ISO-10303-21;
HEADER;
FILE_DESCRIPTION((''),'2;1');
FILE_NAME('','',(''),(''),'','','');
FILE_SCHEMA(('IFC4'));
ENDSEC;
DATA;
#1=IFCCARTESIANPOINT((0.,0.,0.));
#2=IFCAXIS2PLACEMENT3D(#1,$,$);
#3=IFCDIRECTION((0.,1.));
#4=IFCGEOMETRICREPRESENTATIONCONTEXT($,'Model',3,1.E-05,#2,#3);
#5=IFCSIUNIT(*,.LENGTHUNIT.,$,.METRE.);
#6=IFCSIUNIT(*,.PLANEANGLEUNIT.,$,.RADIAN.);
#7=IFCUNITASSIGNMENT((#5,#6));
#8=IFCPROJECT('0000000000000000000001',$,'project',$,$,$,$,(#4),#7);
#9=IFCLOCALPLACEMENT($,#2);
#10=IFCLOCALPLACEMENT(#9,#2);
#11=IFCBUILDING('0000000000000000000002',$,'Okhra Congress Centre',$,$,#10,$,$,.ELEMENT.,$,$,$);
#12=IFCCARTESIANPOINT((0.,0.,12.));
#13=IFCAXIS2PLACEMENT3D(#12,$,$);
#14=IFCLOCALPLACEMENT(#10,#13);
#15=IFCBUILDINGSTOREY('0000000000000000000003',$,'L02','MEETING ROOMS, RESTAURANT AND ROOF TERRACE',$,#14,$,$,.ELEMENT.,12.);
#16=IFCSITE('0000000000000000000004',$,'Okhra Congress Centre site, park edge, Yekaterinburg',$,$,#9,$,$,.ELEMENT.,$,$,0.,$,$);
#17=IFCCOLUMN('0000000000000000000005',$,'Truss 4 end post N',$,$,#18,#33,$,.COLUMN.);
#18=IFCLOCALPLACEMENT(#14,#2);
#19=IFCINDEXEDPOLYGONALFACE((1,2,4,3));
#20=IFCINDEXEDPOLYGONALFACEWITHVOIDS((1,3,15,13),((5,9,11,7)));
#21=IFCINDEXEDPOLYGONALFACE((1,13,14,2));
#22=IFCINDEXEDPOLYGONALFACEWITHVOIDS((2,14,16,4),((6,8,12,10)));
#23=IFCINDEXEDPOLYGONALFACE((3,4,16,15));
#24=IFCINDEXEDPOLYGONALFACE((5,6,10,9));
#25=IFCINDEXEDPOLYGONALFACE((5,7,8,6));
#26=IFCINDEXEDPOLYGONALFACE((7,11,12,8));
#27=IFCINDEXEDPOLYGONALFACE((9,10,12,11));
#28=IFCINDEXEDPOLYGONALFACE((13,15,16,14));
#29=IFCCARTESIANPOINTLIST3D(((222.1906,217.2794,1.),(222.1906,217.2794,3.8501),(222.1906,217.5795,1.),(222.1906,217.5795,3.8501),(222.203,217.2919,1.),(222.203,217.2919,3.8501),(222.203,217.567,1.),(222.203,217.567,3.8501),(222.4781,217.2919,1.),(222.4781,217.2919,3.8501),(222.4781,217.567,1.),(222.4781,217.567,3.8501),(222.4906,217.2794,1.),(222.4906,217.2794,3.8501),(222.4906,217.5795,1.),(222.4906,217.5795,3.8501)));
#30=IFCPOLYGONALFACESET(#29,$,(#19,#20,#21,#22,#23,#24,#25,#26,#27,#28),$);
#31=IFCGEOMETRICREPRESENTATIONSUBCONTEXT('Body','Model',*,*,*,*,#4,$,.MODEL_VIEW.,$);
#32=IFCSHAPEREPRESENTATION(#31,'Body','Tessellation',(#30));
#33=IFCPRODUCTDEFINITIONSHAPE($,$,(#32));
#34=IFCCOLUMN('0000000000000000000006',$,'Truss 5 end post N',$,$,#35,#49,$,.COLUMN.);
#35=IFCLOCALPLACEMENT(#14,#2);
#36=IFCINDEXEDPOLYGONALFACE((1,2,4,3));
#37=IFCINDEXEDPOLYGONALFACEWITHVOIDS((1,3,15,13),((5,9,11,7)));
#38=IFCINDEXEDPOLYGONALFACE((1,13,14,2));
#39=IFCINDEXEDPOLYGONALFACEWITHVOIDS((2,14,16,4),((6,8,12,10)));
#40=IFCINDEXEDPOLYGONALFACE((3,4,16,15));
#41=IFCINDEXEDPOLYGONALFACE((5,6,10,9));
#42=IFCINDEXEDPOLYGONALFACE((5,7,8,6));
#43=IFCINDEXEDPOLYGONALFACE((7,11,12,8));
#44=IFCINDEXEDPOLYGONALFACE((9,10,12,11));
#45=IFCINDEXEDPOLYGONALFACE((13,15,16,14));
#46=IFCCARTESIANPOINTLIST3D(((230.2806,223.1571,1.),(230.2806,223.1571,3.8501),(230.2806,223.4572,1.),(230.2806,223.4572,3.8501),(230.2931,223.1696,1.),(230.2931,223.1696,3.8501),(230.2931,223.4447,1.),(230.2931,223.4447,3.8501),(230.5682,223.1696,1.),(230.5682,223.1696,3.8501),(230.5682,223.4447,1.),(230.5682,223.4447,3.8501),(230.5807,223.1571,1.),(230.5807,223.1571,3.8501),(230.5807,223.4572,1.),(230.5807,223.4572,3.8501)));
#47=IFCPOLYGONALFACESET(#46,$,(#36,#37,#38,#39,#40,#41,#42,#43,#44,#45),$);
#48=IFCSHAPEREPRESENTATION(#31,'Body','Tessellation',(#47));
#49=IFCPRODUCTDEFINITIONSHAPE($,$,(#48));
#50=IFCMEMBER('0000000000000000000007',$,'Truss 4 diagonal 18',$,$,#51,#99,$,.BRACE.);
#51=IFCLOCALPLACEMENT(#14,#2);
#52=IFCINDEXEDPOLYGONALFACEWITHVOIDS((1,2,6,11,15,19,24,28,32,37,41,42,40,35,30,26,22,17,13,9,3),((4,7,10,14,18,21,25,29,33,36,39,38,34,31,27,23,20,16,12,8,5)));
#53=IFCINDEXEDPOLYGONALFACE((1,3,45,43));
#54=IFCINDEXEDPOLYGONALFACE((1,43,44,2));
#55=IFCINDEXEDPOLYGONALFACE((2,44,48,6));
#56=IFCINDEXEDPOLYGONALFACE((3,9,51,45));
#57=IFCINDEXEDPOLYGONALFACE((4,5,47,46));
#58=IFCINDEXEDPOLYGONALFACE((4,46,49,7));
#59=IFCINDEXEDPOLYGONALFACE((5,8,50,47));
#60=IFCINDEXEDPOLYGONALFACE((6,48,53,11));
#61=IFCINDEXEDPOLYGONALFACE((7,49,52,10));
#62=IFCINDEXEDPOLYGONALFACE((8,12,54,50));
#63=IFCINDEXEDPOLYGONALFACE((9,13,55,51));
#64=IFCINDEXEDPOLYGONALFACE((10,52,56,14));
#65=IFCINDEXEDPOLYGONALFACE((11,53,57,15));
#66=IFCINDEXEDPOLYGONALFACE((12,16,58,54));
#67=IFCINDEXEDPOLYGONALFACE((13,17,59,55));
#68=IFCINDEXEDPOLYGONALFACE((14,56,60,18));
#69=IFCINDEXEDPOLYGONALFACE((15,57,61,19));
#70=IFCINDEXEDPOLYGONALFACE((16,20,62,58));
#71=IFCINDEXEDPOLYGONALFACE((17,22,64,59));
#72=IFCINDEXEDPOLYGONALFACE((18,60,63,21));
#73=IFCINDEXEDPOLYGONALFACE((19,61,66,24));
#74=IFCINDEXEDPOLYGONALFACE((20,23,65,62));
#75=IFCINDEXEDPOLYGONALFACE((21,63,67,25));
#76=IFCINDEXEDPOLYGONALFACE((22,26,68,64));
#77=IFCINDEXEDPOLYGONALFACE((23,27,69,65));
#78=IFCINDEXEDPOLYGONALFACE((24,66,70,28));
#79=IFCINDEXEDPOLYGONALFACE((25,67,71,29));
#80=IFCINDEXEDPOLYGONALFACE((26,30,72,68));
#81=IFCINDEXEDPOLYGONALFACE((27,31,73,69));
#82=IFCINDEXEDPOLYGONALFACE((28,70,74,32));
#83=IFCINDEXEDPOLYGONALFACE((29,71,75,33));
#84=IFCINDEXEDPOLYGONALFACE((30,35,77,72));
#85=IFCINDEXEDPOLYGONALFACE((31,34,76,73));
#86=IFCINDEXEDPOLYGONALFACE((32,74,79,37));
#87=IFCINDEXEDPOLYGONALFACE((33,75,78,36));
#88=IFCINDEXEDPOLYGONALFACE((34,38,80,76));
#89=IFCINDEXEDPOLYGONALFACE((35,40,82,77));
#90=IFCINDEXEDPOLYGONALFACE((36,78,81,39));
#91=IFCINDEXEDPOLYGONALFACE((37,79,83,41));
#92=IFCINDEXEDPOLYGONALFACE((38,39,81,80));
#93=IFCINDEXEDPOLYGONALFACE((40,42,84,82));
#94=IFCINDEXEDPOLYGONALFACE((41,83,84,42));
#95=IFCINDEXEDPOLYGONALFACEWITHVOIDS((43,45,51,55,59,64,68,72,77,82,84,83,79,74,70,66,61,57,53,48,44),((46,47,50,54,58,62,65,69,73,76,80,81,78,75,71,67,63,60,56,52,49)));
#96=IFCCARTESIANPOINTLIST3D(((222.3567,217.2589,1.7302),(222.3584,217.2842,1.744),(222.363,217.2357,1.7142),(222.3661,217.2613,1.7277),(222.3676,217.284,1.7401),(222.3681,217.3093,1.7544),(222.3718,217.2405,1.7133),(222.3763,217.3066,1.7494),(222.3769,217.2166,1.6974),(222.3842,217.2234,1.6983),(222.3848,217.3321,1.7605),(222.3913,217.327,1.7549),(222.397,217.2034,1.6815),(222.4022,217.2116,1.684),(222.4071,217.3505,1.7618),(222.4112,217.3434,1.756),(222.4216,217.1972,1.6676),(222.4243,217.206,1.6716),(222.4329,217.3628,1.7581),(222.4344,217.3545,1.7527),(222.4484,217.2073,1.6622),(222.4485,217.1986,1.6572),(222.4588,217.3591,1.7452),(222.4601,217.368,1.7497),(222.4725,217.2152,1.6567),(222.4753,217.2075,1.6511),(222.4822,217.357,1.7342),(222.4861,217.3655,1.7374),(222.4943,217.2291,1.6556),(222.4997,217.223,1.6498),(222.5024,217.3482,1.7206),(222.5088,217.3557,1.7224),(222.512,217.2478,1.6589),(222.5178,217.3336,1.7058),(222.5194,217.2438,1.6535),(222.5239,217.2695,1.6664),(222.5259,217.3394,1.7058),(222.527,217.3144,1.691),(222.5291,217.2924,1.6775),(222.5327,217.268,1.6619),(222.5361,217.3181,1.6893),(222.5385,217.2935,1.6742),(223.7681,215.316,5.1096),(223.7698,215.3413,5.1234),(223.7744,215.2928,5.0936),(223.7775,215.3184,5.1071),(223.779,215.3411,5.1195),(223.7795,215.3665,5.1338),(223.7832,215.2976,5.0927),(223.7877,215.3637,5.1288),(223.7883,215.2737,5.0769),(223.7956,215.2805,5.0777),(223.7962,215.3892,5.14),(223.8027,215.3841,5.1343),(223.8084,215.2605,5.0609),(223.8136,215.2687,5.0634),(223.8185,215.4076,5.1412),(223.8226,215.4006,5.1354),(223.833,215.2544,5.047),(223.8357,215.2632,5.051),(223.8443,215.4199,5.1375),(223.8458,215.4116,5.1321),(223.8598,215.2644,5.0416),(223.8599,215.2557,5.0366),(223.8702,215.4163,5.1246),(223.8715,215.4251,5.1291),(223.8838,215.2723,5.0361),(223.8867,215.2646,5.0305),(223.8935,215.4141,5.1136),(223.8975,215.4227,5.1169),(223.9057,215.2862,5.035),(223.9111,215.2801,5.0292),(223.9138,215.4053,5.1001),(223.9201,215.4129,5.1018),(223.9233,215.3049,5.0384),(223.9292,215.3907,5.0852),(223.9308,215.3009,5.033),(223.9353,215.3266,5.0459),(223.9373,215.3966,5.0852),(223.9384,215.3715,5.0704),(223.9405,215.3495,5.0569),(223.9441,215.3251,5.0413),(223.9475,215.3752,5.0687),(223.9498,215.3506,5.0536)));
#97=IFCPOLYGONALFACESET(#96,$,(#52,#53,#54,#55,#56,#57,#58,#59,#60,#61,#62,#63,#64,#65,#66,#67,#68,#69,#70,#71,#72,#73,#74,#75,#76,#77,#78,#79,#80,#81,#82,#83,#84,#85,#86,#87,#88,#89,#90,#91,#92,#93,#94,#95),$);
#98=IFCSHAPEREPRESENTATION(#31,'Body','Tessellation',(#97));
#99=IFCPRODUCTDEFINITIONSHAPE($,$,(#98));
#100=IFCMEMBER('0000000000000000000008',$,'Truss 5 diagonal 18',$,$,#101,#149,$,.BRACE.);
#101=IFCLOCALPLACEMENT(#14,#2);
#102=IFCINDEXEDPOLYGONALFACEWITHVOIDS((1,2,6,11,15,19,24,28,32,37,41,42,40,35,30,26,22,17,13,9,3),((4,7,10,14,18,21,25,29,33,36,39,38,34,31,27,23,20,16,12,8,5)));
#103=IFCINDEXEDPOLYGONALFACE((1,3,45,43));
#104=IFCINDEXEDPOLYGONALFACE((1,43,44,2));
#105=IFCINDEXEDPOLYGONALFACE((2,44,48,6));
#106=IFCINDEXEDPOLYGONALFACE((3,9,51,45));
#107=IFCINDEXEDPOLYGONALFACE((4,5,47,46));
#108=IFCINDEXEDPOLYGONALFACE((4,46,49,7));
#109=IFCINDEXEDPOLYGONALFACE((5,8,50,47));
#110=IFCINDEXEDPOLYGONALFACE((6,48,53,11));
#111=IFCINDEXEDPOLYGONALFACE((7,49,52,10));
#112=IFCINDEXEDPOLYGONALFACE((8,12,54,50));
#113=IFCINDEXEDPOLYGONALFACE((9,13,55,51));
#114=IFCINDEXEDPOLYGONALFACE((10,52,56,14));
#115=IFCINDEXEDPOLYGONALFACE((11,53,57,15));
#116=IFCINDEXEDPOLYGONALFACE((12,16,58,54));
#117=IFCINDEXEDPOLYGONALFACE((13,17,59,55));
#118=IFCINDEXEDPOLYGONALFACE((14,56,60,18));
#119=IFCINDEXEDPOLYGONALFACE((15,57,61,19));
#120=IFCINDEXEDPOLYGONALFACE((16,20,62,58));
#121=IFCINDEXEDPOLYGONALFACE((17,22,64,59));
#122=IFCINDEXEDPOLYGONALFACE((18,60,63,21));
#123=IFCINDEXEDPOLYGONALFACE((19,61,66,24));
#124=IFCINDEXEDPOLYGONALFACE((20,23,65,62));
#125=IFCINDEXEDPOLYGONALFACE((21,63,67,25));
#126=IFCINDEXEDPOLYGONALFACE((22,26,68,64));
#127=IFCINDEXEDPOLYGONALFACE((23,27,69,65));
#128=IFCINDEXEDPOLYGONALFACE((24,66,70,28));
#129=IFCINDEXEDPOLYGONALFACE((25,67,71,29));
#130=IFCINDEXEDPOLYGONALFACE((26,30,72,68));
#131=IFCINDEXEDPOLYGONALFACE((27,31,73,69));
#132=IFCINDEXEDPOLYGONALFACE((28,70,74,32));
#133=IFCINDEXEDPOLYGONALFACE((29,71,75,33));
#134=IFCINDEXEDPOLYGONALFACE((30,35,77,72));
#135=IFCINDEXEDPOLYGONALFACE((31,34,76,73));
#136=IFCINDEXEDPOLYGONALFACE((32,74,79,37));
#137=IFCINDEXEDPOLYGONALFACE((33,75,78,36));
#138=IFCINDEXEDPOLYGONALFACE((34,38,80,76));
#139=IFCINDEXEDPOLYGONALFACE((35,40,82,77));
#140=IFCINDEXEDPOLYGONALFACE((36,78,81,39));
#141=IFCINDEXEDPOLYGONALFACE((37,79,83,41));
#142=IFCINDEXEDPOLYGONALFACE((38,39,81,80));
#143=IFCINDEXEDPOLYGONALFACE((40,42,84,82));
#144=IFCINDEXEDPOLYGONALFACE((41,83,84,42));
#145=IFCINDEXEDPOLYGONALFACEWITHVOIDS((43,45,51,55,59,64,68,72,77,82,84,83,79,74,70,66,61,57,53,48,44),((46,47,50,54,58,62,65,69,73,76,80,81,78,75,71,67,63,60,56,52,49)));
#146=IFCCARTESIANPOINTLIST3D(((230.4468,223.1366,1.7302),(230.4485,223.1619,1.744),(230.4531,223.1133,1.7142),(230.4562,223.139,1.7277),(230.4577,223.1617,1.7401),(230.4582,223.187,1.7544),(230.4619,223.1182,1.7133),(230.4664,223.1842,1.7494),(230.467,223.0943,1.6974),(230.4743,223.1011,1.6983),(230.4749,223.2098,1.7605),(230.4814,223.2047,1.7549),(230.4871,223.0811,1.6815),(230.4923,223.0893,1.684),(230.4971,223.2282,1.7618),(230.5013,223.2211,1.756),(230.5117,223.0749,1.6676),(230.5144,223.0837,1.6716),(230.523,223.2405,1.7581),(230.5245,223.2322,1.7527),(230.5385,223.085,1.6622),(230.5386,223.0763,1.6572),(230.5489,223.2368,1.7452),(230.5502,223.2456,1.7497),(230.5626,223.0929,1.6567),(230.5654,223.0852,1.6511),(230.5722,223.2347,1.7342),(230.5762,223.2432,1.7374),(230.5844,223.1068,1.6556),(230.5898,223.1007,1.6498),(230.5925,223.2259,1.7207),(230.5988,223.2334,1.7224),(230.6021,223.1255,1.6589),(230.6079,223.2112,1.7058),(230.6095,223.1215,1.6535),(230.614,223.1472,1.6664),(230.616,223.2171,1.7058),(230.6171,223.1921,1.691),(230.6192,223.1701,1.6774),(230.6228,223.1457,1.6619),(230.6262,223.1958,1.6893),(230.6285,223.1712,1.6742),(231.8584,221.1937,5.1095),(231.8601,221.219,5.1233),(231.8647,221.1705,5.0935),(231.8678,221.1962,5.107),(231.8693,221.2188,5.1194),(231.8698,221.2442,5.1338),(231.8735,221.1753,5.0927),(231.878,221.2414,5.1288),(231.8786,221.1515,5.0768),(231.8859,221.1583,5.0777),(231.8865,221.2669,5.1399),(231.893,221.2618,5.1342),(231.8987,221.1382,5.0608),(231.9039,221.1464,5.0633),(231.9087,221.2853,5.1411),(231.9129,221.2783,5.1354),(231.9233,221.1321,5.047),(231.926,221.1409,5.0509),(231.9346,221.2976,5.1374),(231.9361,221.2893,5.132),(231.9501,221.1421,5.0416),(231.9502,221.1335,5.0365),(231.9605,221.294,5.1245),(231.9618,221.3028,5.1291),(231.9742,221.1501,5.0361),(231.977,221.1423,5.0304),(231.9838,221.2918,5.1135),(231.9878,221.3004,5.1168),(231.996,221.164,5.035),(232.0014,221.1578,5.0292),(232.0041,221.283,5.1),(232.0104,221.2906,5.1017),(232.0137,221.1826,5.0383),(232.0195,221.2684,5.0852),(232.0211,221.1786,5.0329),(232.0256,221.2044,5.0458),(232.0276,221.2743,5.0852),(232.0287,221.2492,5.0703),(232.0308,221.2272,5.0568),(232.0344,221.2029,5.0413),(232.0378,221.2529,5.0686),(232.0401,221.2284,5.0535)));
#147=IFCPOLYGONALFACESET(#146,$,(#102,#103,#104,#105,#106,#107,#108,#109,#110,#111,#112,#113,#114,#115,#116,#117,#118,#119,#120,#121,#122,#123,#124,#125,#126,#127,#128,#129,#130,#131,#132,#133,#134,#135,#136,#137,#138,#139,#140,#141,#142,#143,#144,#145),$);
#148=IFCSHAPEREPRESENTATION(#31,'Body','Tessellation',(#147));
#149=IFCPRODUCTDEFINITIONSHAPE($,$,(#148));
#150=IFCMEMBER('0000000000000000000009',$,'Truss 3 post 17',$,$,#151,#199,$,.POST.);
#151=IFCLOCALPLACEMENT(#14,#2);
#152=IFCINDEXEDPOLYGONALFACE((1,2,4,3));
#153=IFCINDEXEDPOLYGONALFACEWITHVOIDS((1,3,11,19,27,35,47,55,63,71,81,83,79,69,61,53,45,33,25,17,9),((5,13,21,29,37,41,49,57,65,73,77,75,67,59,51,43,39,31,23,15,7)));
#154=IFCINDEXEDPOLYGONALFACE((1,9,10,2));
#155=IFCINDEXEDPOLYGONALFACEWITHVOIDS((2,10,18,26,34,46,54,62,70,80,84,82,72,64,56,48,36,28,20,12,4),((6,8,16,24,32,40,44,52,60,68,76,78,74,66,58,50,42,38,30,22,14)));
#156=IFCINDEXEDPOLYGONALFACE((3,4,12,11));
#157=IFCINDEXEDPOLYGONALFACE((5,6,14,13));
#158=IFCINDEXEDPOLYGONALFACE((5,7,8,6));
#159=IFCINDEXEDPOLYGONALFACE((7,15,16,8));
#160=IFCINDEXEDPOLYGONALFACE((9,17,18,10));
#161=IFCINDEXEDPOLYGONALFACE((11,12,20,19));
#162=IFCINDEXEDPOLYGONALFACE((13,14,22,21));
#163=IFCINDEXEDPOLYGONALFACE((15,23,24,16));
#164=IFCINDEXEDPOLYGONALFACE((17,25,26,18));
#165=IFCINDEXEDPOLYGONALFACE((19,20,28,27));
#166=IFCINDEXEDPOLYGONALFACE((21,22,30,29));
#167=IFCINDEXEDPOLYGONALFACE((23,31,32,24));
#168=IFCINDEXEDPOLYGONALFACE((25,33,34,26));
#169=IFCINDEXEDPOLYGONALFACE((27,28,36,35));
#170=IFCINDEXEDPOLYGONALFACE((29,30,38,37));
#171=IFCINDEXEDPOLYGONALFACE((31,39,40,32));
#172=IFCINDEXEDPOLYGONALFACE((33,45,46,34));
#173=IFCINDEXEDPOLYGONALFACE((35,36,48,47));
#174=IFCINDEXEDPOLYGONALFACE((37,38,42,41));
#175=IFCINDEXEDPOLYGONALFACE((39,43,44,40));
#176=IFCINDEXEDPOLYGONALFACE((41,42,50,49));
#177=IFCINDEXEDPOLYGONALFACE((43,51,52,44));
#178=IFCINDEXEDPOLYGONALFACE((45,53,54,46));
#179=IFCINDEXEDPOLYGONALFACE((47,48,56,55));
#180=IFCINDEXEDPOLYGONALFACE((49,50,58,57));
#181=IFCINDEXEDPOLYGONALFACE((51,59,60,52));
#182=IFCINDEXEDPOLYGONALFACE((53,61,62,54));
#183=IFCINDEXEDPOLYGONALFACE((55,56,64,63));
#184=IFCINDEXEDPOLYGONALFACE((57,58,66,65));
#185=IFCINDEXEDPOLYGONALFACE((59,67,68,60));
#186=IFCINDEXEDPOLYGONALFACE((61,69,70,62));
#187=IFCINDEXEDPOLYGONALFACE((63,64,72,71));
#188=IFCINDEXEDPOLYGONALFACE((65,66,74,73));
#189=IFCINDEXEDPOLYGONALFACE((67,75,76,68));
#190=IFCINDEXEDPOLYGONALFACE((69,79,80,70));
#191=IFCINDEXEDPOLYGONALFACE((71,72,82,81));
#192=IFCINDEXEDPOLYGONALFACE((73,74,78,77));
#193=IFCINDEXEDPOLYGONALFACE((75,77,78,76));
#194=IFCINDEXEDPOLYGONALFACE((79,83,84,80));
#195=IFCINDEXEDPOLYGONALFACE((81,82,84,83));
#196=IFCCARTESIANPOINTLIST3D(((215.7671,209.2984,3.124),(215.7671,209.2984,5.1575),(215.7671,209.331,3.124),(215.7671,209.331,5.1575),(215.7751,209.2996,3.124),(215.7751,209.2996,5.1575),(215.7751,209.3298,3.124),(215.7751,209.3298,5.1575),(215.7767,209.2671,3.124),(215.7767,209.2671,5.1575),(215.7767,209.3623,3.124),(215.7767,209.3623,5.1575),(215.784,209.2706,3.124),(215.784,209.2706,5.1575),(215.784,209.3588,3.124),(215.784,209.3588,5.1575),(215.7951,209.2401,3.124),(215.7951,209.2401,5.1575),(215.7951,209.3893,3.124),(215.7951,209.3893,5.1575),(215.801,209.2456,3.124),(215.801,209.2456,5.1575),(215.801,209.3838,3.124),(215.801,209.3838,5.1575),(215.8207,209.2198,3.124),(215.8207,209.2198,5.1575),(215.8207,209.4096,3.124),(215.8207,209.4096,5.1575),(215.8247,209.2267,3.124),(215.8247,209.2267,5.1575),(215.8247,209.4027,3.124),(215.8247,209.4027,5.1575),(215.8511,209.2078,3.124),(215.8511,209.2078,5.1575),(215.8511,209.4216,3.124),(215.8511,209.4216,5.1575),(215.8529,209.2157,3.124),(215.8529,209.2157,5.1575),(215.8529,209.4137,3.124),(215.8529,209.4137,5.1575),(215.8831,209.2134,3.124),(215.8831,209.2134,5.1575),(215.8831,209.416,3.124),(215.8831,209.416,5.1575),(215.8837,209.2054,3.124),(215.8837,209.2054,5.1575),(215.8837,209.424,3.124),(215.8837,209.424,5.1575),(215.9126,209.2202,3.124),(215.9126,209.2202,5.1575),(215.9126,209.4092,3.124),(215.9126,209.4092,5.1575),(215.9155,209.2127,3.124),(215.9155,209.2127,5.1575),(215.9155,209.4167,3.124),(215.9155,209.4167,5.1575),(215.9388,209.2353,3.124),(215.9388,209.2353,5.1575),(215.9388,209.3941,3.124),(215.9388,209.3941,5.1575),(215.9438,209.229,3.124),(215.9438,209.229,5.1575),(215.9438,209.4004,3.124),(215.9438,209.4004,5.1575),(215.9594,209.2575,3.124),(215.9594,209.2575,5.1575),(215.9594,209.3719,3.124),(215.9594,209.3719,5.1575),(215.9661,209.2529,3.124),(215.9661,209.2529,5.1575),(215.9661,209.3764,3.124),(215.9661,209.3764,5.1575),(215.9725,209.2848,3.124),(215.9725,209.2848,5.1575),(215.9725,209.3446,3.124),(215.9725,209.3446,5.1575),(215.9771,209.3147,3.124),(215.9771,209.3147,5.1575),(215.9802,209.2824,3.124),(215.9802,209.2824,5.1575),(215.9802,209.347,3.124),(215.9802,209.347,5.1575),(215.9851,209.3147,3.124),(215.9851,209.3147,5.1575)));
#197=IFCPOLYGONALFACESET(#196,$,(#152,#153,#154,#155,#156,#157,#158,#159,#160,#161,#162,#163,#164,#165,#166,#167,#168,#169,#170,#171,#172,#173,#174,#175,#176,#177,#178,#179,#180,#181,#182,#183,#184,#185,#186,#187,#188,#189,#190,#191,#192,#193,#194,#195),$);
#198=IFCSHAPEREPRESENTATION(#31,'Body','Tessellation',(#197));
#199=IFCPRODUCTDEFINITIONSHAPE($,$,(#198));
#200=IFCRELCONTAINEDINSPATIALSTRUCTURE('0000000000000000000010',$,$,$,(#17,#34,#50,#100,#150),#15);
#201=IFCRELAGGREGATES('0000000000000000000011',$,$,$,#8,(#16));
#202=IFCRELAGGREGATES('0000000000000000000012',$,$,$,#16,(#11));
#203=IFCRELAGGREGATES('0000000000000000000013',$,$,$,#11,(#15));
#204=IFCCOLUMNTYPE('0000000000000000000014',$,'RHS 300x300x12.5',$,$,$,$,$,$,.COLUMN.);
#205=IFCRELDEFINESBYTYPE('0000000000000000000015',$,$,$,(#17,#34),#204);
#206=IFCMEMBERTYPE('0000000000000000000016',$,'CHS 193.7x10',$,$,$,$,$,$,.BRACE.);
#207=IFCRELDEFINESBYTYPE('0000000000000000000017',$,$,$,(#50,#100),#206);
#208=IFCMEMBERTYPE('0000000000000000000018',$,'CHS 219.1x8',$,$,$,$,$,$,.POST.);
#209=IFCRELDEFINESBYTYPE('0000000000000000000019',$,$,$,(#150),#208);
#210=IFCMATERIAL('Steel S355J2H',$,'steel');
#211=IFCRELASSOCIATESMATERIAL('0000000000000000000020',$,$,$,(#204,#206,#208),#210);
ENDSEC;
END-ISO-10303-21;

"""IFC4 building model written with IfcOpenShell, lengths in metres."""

from ifc_helpers import new_model, si_unit, direction, frame, origin, origin_2d, place, context, subcontext, project, spatial, hollow_rectangle, hollow_circle, extrude, material, material_profile, profile_set, type_object, element, save


model = new_model("IFC4")

# Units and contexts
model_context = context("Model", 3, precision=1e-05, world=origin(), true_north=direction((0.0, 1.0)))
body_context = subcontext(model_context, "Body", "Model", "MODEL_VIEW")
ifc_project = project(units=[si_unit("LENGTHUNIT", "METRE"), si_unit("PLANEANGLEUNIT", "RADIAN")], contexts=[model_context])

# Site, building, storey
site_placement = place(None, origin())
site = spatial("IfcSite", under=ifc_project, at=site_placement, Name="Okhra Congress Centre site, park edge, Yekaterinburg", CompositionType="ELEMENT", RefElevation=0.0)
building_placement = place(site_placement, origin())
building = spatial("IfcBuilding", under=site, at=building_placement, Name="Okhra Congress Centre", CompositionType="ELEMENT")
storey_placement = place(building_placement, frame((0.0, 0.0, 12.0)))
storey = spatial("IfcBuildingStorey", under=building, at=storey_placement, Name="L02", Description="MEETING ROOMS, RESTAURANT AND ROOF TERRACE", CompositionType="ELEMENT", Elevation=12.0)

# Columns
ifc_material_1 = material(Name="Steel S355J2H", Category="steel")
ifc_material_profile_1 = material_profile(ifc_material_1, hollow_rectangle(XDim=0.3, YDim=0.3, WallThickness=0.0125, at=origin_2d()), Name="RHS 300x300x12.5")
ifc_profile_set_1 = profile_set([ifc_material_profile_1], Name="Steel S355J2H")
column_type = type_object("IfcColumnType", Name="RHS 300x300x12.5", PredefinedType="COLUMN", material=ifc_profile_set_1)
for number, where, z_axis, x_axis, name in (
    (1, (222.3406, 217.4294, 1.0), (0.0, 0.0, 1.0), (1.0, 0.0, 0.0), "Truss 4 end post N"),
    (2, (230.4307, 223.3071, 1.0), (0.0, 0.0, 1.0), (1.0, 0.0, 0.0), "Truss 5 end post N"),
):
    element("IfcColumn", number, at=place(storey_placement, frame(where, z_axis=z_axis, x_axis=x_axis)), inside=storey, type_object=column_type, Name=name, PredefinedType="COLUMN", context=body_context, shape_type="SweptSolid", body=[
        extrude(hollow_rectangle(XDim=0.3, YDim=0.3, WallThickness=0.0125, at=origin_2d()), origin(), (0.0, 0.0, 1.0), 2.8501),
    ])

# Members
ifc_material_profile_2 = material_profile(ifc_material_1, hollow_circle(Radius=0.0969, WallThickness=0.01, at=origin_2d()), Name="CHS 193.7x10")
ifc_profile_set_2 = profile_set([ifc_material_profile_2], Name="Steel S355J2H")
member_type_1 = type_object("IfcMemberType", Name="CHS 193.7x10", PredefinedType="BRACE", material=ifc_profile_set_2)
for number, where, z_axis, x_axis, name in (
    (3, (222.4475, 217.2825, 1.7058), (0.340441, -0.468644, 0.815152), (0.809057, 0.58773, 0.0), "Truss 4 diagonal 18"),
    (4, (230.5376, 223.1602, 1.7058), (0.340494, -0.468635, 0.815135), (0.809009, 0.587797, 0.0), "Truss 5 diagonal 18"),
):
    element("IfcMember", number, at=place(storey_placement, frame(where, z_axis=z_axis, x_axis=x_axis)), inside=storey, type_object=member_type_1, Name=name, PredefinedType="BRACE", context=body_context, shape_type="SweptSolid", body=[
        extrude(hollow_circle(Radius=0.0969, WallThickness=0.01, at=origin_2d()), origin(), (0.0, 0.0, 1.0), 4.1458),
    ])
ifc_material_profile_3 = material_profile(ifc_material_1, hollow_circle(Radius=0.1096, WallThickness=0.0081, at=origin_2d()), Name="CHS 219.1x8")
ifc_profile_set_3 = profile_set([ifc_material_profile_3], Name="Steel S355J2H")
member_type_2 = type_object("IfcMemberType", Name="CHS 219.1x8", PredefinedType="POST", material=ifc_profile_set_3)
for number, where, z_axis, x_axis, name in (
    (5, (215.8755, 209.3147, 3.124), (0.0, 0.0, 1.0), (1.0, 0.0, 0.0), "Truss 3 post 17"),
):
    element("IfcMember", number, at=place(storey_placement, frame(where, z_axis=z_axis, x_axis=x_axis)), inside=storey, type_object=member_type_2, Name=name, PredefinedType="POST", context=body_context, shape_type="SweptSolid", body=[
        extrude(hollow_circle(Radius=0.1096, WallThickness=0.0081, at=origin_2d()), origin(), (0.0, 0.0, 1.0), 2.0334),
    ])

save(model, "model.ifc")
